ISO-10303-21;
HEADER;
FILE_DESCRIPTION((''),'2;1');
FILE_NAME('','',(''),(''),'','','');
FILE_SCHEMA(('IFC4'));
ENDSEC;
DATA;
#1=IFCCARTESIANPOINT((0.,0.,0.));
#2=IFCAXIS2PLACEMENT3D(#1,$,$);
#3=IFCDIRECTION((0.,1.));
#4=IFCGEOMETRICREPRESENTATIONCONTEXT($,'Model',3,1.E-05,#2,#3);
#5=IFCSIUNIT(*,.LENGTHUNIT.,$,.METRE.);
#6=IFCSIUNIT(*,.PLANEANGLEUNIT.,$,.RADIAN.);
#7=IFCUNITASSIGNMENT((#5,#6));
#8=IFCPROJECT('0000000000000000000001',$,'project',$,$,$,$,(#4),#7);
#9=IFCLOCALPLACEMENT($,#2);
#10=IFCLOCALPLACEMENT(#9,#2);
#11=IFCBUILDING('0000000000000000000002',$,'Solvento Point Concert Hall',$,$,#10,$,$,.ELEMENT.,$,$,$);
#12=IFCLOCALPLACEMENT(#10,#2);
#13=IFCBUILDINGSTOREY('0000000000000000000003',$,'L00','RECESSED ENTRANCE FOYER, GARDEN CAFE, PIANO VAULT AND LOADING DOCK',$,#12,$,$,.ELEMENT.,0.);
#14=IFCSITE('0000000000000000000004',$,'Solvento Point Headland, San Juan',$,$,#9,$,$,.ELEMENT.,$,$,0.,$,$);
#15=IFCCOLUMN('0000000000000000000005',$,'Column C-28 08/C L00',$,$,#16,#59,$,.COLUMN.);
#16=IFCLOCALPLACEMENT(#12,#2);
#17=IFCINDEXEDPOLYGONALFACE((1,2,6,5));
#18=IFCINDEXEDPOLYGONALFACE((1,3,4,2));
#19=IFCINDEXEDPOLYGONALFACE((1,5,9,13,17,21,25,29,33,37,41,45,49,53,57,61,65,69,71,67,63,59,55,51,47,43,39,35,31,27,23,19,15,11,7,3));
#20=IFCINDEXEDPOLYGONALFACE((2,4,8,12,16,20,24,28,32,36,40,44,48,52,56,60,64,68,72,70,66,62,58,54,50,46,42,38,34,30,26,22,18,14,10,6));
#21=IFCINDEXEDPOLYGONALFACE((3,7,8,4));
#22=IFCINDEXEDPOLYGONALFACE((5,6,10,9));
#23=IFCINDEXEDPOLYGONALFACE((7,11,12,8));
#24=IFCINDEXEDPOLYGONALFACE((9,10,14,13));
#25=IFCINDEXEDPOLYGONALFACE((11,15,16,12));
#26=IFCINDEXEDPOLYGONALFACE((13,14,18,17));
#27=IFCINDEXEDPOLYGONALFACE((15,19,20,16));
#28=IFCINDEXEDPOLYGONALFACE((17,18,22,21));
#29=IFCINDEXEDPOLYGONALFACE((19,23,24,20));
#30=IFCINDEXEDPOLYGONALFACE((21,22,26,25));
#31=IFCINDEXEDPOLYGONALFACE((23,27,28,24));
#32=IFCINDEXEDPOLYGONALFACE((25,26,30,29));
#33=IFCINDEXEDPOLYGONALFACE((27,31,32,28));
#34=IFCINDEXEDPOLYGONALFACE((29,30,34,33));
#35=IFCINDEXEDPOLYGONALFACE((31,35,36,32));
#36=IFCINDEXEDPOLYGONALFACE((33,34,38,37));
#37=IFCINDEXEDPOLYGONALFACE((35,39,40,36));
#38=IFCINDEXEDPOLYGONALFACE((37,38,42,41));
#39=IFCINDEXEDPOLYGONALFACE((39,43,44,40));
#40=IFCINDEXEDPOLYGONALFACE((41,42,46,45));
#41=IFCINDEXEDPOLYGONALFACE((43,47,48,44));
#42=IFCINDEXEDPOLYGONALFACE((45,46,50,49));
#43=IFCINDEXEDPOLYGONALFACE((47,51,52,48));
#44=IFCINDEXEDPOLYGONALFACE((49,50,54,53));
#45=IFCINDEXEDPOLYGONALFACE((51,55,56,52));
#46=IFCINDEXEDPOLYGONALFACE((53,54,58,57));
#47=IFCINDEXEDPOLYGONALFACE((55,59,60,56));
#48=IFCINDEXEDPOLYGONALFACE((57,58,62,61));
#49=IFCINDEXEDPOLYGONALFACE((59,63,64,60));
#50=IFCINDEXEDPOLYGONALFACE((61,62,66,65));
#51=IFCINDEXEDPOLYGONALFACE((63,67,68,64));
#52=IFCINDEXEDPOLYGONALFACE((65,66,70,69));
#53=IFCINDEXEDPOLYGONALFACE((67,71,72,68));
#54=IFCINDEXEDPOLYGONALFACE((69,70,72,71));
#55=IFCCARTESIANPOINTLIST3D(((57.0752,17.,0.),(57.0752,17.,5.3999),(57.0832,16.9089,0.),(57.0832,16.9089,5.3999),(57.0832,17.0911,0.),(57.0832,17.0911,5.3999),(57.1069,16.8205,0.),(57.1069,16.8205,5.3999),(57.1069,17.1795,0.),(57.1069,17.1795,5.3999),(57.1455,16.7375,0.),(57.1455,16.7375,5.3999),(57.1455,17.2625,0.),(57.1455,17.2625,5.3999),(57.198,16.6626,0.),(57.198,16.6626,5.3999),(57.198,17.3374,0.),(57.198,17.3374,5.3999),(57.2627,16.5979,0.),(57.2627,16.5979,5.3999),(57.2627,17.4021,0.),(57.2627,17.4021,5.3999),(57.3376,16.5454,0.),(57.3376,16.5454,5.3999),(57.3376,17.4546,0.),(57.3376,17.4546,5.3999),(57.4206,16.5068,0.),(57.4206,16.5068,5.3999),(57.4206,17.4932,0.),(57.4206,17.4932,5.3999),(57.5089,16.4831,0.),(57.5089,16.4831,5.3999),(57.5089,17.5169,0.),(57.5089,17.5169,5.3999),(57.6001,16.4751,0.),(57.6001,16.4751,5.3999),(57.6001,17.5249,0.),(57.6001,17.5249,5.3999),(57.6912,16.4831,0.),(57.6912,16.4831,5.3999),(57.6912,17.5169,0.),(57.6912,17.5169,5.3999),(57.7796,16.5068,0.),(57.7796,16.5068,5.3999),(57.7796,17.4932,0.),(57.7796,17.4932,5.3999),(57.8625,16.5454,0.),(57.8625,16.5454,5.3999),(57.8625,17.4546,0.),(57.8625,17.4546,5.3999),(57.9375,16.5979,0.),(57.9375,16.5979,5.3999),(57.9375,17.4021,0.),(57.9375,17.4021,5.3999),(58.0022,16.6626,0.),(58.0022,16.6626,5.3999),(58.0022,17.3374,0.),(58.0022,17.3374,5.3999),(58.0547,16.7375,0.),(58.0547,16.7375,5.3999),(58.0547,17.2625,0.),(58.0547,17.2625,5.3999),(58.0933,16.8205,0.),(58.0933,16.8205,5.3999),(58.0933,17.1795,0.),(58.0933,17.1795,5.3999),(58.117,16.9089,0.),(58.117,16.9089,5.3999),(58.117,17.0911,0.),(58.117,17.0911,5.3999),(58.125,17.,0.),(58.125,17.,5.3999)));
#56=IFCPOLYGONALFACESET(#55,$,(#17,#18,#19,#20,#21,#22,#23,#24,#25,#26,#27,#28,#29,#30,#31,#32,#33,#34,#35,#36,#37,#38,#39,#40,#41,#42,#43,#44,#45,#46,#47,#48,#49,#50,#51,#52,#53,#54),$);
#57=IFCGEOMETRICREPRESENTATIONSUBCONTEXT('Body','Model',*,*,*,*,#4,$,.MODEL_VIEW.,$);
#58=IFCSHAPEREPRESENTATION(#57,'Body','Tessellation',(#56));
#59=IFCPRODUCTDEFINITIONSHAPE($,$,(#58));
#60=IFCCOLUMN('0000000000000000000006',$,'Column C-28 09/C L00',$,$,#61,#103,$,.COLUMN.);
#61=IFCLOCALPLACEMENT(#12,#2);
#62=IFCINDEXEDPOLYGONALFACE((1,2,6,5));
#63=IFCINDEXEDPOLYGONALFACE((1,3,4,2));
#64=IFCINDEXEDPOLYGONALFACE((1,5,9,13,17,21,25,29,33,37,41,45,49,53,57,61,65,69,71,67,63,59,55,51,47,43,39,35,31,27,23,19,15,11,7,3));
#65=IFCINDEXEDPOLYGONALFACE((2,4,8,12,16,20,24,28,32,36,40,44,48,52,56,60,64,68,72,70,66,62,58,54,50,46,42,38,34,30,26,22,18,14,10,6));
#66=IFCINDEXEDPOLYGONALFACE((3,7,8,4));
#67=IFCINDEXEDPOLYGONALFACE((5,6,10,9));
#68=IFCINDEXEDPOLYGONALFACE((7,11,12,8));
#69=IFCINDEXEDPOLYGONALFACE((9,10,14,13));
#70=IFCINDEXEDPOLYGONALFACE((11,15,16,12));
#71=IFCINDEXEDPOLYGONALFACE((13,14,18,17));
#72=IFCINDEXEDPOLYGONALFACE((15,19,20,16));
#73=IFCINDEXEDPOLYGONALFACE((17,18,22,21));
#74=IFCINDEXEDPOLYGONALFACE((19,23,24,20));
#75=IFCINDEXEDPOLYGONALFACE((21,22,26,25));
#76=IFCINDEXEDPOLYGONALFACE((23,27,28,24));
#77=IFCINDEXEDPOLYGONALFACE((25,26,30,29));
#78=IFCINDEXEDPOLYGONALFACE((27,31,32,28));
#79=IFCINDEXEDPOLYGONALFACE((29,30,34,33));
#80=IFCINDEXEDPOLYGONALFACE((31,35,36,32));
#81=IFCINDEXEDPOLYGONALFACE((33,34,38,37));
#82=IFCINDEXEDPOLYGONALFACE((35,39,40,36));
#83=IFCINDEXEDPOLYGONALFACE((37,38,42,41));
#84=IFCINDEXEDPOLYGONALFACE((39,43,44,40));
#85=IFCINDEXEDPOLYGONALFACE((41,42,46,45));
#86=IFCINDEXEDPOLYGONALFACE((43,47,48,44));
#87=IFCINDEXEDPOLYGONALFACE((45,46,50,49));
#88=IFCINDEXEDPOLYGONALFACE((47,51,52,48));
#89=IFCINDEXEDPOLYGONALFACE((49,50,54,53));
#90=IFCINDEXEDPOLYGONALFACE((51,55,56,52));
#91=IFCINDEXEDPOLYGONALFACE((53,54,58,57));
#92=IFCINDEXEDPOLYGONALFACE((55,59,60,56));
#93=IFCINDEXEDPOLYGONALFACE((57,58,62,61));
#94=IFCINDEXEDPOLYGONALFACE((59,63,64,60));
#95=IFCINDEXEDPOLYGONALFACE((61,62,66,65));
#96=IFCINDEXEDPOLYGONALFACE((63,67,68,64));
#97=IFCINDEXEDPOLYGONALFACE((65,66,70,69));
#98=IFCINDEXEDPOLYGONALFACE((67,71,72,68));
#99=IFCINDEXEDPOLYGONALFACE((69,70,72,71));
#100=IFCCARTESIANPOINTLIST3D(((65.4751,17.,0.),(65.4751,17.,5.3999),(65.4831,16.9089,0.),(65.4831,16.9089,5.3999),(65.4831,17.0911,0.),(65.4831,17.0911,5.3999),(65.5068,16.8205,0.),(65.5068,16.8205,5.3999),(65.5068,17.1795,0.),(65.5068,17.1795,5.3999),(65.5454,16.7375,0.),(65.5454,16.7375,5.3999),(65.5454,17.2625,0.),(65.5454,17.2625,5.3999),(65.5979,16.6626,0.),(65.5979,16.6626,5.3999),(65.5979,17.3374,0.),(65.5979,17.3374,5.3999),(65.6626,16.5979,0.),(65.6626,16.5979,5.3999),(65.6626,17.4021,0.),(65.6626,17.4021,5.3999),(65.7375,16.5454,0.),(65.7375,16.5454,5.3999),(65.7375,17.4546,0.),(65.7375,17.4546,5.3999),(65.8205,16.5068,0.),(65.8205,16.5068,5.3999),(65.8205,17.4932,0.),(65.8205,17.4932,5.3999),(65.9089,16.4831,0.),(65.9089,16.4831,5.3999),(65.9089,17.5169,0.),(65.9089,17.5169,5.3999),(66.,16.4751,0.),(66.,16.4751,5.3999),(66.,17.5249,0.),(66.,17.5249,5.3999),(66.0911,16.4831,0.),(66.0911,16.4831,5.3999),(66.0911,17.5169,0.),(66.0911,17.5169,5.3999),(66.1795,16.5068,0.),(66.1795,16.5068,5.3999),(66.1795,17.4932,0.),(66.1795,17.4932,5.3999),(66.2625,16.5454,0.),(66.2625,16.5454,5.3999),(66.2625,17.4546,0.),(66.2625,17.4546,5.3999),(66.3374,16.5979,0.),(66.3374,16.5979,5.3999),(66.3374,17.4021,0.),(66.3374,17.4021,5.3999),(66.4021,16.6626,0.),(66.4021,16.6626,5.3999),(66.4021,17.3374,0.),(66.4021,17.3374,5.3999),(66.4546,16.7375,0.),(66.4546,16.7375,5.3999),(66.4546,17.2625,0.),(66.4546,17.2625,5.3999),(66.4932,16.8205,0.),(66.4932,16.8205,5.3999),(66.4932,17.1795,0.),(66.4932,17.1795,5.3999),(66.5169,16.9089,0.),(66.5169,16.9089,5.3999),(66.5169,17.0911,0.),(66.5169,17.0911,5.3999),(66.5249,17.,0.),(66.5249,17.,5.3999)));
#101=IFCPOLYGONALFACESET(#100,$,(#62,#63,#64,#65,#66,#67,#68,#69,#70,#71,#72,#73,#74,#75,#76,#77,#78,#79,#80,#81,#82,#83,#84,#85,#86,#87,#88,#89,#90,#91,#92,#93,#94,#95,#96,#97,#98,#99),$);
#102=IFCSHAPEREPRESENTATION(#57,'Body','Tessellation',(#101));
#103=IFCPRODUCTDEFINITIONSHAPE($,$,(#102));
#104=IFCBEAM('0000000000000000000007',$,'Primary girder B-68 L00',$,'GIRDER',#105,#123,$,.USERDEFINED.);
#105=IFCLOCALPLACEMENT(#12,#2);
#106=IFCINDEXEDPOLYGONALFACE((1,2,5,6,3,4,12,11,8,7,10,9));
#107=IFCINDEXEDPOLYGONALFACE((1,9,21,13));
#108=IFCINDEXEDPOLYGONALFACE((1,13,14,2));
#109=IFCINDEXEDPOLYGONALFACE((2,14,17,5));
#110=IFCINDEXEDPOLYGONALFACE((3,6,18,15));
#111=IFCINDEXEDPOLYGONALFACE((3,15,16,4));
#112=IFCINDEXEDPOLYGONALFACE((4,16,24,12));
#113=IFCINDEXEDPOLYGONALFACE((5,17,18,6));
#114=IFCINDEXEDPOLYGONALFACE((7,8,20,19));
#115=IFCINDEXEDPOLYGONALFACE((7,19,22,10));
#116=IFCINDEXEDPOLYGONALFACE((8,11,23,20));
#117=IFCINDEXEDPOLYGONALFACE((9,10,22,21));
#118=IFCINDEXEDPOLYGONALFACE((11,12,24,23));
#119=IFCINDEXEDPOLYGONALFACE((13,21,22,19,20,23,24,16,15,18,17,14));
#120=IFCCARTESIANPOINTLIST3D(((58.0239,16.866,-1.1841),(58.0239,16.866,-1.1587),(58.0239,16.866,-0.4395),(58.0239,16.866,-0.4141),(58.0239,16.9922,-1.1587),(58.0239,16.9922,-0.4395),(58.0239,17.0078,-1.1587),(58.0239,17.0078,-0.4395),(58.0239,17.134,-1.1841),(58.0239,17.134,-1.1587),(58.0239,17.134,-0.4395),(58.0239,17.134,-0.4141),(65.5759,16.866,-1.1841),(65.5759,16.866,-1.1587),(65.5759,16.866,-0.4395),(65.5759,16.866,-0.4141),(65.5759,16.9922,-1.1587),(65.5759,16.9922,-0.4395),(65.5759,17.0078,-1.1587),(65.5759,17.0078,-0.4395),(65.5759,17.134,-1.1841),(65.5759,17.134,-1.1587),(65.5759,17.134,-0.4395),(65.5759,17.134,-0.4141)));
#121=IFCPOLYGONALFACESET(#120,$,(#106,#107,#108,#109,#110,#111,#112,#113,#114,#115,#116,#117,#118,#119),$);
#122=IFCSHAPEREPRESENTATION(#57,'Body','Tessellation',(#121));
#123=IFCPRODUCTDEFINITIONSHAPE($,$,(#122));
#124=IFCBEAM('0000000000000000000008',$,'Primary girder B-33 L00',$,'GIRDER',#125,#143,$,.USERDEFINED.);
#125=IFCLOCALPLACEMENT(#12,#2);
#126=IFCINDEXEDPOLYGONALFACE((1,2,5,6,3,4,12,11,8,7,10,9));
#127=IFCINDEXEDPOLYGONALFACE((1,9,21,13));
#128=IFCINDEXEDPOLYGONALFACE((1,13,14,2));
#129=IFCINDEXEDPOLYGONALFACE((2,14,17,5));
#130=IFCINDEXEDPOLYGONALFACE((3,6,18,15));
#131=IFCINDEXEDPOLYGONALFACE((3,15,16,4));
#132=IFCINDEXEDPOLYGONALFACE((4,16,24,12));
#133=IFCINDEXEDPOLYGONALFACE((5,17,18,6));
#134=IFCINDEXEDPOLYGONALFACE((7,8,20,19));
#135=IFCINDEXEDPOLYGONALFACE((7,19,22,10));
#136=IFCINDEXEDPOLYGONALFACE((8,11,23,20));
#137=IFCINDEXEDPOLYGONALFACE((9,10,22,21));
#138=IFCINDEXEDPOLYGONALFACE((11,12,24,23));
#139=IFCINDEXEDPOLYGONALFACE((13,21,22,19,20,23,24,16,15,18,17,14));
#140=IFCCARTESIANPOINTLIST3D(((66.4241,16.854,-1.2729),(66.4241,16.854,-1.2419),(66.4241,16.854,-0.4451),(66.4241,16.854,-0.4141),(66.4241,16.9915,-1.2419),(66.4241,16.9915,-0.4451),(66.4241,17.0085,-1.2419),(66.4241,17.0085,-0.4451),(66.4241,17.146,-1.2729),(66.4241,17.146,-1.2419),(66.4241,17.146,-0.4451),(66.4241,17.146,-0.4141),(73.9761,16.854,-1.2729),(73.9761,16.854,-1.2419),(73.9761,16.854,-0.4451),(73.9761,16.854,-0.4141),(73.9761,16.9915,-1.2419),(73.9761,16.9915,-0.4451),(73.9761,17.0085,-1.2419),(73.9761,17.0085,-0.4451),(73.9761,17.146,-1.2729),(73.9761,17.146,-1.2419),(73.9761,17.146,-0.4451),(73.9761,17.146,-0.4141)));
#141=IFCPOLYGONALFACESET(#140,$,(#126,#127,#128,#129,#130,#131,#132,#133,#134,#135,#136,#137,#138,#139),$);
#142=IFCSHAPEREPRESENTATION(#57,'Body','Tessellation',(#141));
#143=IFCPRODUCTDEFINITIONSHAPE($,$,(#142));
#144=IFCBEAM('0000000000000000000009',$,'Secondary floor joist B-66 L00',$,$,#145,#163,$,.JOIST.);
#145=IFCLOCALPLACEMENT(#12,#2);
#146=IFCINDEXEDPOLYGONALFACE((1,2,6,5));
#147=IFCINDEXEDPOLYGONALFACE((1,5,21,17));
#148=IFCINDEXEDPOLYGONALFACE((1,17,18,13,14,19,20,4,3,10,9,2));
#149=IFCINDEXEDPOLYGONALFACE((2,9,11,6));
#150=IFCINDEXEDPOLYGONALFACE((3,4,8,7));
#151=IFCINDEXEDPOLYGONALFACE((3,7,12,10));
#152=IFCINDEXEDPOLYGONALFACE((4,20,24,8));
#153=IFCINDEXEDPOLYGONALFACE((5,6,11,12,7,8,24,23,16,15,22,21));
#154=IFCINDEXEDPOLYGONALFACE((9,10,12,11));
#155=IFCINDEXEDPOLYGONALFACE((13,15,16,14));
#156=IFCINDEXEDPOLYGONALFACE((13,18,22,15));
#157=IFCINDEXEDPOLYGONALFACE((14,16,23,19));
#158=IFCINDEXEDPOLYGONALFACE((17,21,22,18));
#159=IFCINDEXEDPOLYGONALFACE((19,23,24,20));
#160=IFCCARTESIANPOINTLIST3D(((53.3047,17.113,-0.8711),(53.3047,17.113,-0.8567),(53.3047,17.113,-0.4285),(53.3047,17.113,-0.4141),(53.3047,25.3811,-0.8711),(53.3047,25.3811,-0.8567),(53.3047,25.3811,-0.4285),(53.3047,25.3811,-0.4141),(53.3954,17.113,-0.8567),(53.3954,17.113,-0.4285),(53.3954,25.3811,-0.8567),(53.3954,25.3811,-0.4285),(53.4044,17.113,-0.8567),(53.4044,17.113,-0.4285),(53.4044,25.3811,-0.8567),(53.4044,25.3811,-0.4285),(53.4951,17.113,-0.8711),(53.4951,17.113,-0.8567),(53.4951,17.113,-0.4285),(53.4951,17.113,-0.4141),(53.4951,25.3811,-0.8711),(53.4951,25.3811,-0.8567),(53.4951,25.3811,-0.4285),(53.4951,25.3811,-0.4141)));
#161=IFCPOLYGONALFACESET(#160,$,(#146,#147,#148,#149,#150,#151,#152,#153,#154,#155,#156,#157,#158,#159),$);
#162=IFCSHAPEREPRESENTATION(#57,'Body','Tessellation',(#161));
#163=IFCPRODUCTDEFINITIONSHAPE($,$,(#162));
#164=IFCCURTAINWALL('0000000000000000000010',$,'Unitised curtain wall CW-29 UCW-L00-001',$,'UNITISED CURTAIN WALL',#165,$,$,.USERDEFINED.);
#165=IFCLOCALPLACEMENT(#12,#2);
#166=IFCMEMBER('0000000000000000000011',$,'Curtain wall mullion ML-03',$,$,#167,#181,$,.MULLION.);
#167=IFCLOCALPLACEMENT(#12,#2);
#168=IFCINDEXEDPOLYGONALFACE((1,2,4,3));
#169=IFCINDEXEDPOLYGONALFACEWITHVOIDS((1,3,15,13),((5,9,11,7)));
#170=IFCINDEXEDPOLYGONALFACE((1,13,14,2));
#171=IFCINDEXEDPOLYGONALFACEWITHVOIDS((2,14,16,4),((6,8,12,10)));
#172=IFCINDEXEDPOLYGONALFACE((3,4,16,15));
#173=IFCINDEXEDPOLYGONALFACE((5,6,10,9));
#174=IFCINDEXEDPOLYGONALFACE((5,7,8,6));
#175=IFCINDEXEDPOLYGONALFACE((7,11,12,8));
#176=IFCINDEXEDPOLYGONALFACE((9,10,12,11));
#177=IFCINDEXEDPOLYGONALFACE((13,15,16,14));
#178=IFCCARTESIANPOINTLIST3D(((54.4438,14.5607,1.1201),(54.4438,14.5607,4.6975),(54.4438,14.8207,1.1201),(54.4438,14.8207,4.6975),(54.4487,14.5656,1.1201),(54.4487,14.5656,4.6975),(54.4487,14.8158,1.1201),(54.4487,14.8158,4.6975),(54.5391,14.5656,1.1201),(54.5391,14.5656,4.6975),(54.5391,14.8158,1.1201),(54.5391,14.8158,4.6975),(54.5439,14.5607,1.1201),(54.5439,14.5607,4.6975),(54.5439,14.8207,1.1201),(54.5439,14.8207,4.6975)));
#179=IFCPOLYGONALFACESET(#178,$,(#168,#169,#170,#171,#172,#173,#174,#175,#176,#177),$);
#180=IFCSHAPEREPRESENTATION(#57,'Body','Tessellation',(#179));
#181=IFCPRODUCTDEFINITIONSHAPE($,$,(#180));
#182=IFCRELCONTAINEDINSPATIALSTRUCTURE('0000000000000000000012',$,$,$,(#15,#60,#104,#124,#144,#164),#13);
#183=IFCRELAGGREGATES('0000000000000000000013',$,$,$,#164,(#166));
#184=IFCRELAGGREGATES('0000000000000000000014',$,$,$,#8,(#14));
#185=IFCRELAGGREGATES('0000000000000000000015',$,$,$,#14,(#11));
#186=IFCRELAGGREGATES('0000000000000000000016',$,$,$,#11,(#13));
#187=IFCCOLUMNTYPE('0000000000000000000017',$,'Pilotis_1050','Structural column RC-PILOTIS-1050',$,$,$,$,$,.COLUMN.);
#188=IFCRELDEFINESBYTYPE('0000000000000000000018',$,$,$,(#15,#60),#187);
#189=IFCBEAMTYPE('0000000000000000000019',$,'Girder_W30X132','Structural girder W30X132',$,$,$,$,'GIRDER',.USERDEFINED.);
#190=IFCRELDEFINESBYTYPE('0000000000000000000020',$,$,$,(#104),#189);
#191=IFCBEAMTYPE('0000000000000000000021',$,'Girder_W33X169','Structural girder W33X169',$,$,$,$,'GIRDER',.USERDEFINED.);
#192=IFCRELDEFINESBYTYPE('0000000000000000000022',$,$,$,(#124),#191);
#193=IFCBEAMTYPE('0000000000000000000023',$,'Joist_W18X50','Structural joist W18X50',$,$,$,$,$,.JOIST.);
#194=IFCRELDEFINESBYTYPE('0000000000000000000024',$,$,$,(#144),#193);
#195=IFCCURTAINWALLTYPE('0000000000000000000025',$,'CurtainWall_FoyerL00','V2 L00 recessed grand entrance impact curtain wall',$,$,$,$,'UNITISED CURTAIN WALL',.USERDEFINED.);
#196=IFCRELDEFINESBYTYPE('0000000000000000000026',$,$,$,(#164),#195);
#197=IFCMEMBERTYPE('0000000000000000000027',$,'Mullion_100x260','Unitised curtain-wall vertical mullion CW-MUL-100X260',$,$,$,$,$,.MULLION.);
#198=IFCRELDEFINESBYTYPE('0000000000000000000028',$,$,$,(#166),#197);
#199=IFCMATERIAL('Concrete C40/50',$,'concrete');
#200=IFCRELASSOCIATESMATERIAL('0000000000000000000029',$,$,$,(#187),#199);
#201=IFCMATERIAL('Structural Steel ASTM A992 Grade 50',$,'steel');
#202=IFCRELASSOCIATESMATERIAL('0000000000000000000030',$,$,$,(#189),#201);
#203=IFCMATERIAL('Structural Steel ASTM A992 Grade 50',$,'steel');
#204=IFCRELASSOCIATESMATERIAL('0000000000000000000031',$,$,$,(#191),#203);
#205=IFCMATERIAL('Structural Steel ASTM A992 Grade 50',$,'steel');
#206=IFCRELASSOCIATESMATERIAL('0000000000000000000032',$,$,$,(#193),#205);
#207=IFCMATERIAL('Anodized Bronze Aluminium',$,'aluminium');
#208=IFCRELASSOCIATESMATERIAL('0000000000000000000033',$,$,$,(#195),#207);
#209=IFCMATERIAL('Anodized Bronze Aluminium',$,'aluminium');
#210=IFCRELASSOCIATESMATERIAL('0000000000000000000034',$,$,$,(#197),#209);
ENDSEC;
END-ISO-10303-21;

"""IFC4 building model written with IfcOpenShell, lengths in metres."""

from ifc_helpers import new_model, si_unit, direction, frame, origin, origin_2d, place, context, subcontext, project, spatial, hollow_rectangle, circle, i_section, extrude, material, material_profile, profile_set, type_object, element, aggregate, save


model = new_model("IFC4")

# Units and contexts
model_context = context("Model", 3, precision=1e-05, world=origin(), true_north=direction((0.0, 1.0)))
body_context = subcontext(model_context, "Body", "Model", "MODEL_VIEW")
ifc_project = project(units=[si_unit("LENGTHUNIT", "METRE"), si_unit("PLANEANGLEUNIT", "RADIAN")], contexts=[model_context])

# Site, building, storey
site_placement = place(None, origin())
site = spatial("IfcSite", under=ifc_project, at=site_placement, Name="Solvento Point Headland, San Juan", CompositionType="ELEMENT", RefElevation=0.0)
building_placement = place(site_placement, origin())
building = spatial("IfcBuilding", under=site, at=building_placement, Name="Solvento Point Concert Hall", CompositionType="ELEMENT")
storey_placement = place(building_placement, origin())
storey = spatial("IfcBuildingStorey", under=building, at=storey_placement, Name="L00", Description="RECESSED ENTRANCE FOYER, GARDEN CAFE, PIANO VAULT AND LOADING DOCK", CompositionType="ELEMENT", Elevation=0.0)

# Columns
ifc_material_1 = material(Name="Concrete C40/50", Category="concrete")
ifc_material_profile_1 = material_profile(ifc_material_1, circle(Radius=0.5249, at=origin_2d()), Name="RC-PILOTIS-1050")
ifc_profile_set_1 = profile_set([ifc_material_profile_1], Name="Concrete C40/50")
column_type = type_object("IfcColumnType", Name="Pilotis_1050", Description="Structural column RC-PILOTIS-1050", PredefinedType="COLUMN", material=ifc_profile_set_1)
for number, where, z_axis, x_axis, name in (
    (1, (57.6001, 17.0, 0.0), (0.0, 0.0, 1.0), (1.0, 0.0, 0.0), "Column C-28 08/C L00"),
    (2, (66.0, 17.0, 0.0), (0.0, 0.0, 1.0), (1.0, 0.0, 0.0), "Column C-28 09/C L00"),
):
    element("IfcColumn", number, at=place(storey_placement, frame(where, z_axis=z_axis, x_axis=x_axis)), inside=storey, type_object=column_type, Name=name, PredefinedType="COLUMN", context=body_context, shape_type="SweptSolid", body=[
        extrude(circle(Radius=0.5249, at=origin_2d()), origin(), (0.0, 0.0, 1.0), 5.3999),
    ])

# Beams
ifc_material_2 = material(Name="Structural Steel ASTM A992 Grade 50", Category="steel")
ifc_material_profile_2 = material_profile(ifc_material_2, i_section(OverallWidth=0.2681, OverallDepth=0.77, WebThickness=0.0156, FlangeThickness=0.0254, at=origin_2d()), Name="W30X132")
ifc_profile_set_2 = profile_set([ifc_material_profile_2], Name="Structural Steel ASTM A992 Grade 50")
beam_type_1 = type_object("IfcBeamType", Name="Girder_W30X132", Description="Structural girder W30X132", ElementType="GIRDER", PredefinedType="USERDEFINED", material=ifc_profile_set_2)
beam_1_placement = place(storey_placement, frame((58.0239, 17.0, -0.7991), z_axis=(1.0, 0.0, 0.0), x_axis=(0.0, 1.0, 0.0)))
element("IfcBeam", 3, at=beam_1_placement, inside=storey, type_object=beam_type_1, Name="Primary girder B-68 L00", ObjectType="GIRDER", PredefinedType="USERDEFINED", context=body_context, shape_type="SweptSolid", body=[
    extrude(i_section(OverallWidth=0.2681, OverallDepth=0.77, WebThickness=0.0156, FlangeThickness=0.0254, at=origin_2d()), origin(), (0.0, 0.0, 1.0), 7.552),
])
ifc_material_3 = material(Name="Structural Steel ASTM A992 Grade 50", Category="steel")
ifc_material_profile_3 = material_profile(ifc_material_3, i_section(OverallWidth=0.292, OverallDepth=0.8589, WebThickness=0.0171, FlangeThickness=0.031, at=origin_2d()), Name="W33X169")
ifc_profile_set_3 = profile_set([ifc_material_profile_3], Name="Structural Steel ASTM A992 Grade 50")
beam_type_2 = type_object("IfcBeamType", Name="Girder_W33X169", Description="Structural girder W33X169", ElementType="GIRDER", PredefinedType="USERDEFINED", material=ifc_profile_set_3)
beam_2_placement = place(storey_placement, frame((66.4241, 17.0, -0.8435), z_axis=(1.0, 0.0, 0.0), x_axis=(0.0, 1.0, 0.0)))
element("IfcBeam", 4, at=beam_2_placement, inside=storey, type_object=beam_type_2, Name="Primary girder B-33 L00", ObjectType="GIRDER", PredefinedType="USERDEFINED", context=body_context, shape_type="SweptSolid", body=[
    extrude(i_section(OverallWidth=0.292, OverallDepth=0.8589, WebThickness=0.0171, FlangeThickness=0.031, at=origin_2d()), origin(), (0.0, 0.0, 1.0), 7.552),
])
ifc_material_4 = material(Name="Structural Steel ASTM A992 Grade 50", Category="steel")
ifc_material_profile_4 = material_profile(ifc_material_4, i_section(OverallWidth=0.1904, OverallDepth=0.457, WebThickness=0.009, FlangeThickness=0.0144, at=origin_2d()), Name="W18X50")
ifc_profile_set_4 = profile_set([ifc_material_profile_4], Name="Structural Steel ASTM A992 Grade 50")
beam_type_3 = type_object("IfcBeamType", Name="Joist_W18X50", Description="Structural joist W18X50", PredefinedType="JOIST", material=ifc_profile_set_4)
beam_3_placement = place(storey_placement, frame((53.3999, 17.113, -0.6426), z_axis=(0.0, 1.0, 0.0), x_axis=(-1.0, 0.0, 0.0)))
element("IfcBeam", 5, at=beam_3_placement, inside=storey, type_object=beam_type_3, Name="Secondary floor joist B-66 L00", PredefinedType="JOIST", context=body_context, shape_type="SweptSolid", body=[
    extrude(i_section(OverallWidth=0.1904, OverallDepth=0.457, WebThickness=0.009, FlangeThickness=0.0144, at=origin_2d()), origin(), (0.0, 0.0, 1.0), 8.2681),
])

# Curtain wall, member
ifc_material_5 = material(Name="Anodized Bronze Aluminium", Category="aluminium")
curtain_wall_type = type_object("IfcCurtainWallType", Name="CurtainWall_FoyerL00", Description="V2 L00 recessed grand entrance impact curtain wall", ElementType="UNITISED CURTAIN WALL", PredefinedType="USERDEFINED", material=ifc_material_5)
curtain_wall_placement = place(storey_placement, origin())
curtain_wall = element("IfcCurtainWall", 6, at=curtain_wall_placement, inside=storey, type_object=curtain_wall_type, Name="Unitised curtain wall CW-29 UCW-L00-001", ObjectType="UNITISED CURTAIN WALL", PredefinedType="USERDEFINED")
ifc_material_6 = material(Name="Anodized Bronze Aluminium", Category="aluminium")
ifc_material_profile_5 = material_profile(ifc_material_6, hollow_rectangle(XDim=0.1001, YDim=0.26, WallThickness=0.0049, at=origin_2d()), Name="CW-MUL-100X260")
ifc_profile_set_5 = profile_set([ifc_material_profile_5], Name="Anodized Bronze Aluminium")
member_type_1 = type_object("IfcMemberType", Name="Mullion_100x260", Description="Unitised curtain-wall vertical mullion CW-MUL-100X260", PredefinedType="MULLION", material=ifc_profile_set_5)
member_1_placement = place(storey_placement, frame((54.4939, 14.6907, 1.1201), z_axis=(0.0, 0.0, 1.0), x_axis=(1.0, 0.0, 0.0)))
member_1 = element("IfcMember", 7, at=member_1_placement, type_object=member_type_1, Name="Curtain wall mullion ML-03", PredefinedType="MULLION", context=body_context, shape_type="SweptSolid", body=[
    extrude(hollow_rectangle(XDim=0.1001, YDim=0.26, WallThickness=0.0049, at=origin_2d()), origin(), (0.0, 0.0, 1.0), 3.5774),
])
aggregate(curtain_wall, [member_1])

save(model, "model.ifc")
